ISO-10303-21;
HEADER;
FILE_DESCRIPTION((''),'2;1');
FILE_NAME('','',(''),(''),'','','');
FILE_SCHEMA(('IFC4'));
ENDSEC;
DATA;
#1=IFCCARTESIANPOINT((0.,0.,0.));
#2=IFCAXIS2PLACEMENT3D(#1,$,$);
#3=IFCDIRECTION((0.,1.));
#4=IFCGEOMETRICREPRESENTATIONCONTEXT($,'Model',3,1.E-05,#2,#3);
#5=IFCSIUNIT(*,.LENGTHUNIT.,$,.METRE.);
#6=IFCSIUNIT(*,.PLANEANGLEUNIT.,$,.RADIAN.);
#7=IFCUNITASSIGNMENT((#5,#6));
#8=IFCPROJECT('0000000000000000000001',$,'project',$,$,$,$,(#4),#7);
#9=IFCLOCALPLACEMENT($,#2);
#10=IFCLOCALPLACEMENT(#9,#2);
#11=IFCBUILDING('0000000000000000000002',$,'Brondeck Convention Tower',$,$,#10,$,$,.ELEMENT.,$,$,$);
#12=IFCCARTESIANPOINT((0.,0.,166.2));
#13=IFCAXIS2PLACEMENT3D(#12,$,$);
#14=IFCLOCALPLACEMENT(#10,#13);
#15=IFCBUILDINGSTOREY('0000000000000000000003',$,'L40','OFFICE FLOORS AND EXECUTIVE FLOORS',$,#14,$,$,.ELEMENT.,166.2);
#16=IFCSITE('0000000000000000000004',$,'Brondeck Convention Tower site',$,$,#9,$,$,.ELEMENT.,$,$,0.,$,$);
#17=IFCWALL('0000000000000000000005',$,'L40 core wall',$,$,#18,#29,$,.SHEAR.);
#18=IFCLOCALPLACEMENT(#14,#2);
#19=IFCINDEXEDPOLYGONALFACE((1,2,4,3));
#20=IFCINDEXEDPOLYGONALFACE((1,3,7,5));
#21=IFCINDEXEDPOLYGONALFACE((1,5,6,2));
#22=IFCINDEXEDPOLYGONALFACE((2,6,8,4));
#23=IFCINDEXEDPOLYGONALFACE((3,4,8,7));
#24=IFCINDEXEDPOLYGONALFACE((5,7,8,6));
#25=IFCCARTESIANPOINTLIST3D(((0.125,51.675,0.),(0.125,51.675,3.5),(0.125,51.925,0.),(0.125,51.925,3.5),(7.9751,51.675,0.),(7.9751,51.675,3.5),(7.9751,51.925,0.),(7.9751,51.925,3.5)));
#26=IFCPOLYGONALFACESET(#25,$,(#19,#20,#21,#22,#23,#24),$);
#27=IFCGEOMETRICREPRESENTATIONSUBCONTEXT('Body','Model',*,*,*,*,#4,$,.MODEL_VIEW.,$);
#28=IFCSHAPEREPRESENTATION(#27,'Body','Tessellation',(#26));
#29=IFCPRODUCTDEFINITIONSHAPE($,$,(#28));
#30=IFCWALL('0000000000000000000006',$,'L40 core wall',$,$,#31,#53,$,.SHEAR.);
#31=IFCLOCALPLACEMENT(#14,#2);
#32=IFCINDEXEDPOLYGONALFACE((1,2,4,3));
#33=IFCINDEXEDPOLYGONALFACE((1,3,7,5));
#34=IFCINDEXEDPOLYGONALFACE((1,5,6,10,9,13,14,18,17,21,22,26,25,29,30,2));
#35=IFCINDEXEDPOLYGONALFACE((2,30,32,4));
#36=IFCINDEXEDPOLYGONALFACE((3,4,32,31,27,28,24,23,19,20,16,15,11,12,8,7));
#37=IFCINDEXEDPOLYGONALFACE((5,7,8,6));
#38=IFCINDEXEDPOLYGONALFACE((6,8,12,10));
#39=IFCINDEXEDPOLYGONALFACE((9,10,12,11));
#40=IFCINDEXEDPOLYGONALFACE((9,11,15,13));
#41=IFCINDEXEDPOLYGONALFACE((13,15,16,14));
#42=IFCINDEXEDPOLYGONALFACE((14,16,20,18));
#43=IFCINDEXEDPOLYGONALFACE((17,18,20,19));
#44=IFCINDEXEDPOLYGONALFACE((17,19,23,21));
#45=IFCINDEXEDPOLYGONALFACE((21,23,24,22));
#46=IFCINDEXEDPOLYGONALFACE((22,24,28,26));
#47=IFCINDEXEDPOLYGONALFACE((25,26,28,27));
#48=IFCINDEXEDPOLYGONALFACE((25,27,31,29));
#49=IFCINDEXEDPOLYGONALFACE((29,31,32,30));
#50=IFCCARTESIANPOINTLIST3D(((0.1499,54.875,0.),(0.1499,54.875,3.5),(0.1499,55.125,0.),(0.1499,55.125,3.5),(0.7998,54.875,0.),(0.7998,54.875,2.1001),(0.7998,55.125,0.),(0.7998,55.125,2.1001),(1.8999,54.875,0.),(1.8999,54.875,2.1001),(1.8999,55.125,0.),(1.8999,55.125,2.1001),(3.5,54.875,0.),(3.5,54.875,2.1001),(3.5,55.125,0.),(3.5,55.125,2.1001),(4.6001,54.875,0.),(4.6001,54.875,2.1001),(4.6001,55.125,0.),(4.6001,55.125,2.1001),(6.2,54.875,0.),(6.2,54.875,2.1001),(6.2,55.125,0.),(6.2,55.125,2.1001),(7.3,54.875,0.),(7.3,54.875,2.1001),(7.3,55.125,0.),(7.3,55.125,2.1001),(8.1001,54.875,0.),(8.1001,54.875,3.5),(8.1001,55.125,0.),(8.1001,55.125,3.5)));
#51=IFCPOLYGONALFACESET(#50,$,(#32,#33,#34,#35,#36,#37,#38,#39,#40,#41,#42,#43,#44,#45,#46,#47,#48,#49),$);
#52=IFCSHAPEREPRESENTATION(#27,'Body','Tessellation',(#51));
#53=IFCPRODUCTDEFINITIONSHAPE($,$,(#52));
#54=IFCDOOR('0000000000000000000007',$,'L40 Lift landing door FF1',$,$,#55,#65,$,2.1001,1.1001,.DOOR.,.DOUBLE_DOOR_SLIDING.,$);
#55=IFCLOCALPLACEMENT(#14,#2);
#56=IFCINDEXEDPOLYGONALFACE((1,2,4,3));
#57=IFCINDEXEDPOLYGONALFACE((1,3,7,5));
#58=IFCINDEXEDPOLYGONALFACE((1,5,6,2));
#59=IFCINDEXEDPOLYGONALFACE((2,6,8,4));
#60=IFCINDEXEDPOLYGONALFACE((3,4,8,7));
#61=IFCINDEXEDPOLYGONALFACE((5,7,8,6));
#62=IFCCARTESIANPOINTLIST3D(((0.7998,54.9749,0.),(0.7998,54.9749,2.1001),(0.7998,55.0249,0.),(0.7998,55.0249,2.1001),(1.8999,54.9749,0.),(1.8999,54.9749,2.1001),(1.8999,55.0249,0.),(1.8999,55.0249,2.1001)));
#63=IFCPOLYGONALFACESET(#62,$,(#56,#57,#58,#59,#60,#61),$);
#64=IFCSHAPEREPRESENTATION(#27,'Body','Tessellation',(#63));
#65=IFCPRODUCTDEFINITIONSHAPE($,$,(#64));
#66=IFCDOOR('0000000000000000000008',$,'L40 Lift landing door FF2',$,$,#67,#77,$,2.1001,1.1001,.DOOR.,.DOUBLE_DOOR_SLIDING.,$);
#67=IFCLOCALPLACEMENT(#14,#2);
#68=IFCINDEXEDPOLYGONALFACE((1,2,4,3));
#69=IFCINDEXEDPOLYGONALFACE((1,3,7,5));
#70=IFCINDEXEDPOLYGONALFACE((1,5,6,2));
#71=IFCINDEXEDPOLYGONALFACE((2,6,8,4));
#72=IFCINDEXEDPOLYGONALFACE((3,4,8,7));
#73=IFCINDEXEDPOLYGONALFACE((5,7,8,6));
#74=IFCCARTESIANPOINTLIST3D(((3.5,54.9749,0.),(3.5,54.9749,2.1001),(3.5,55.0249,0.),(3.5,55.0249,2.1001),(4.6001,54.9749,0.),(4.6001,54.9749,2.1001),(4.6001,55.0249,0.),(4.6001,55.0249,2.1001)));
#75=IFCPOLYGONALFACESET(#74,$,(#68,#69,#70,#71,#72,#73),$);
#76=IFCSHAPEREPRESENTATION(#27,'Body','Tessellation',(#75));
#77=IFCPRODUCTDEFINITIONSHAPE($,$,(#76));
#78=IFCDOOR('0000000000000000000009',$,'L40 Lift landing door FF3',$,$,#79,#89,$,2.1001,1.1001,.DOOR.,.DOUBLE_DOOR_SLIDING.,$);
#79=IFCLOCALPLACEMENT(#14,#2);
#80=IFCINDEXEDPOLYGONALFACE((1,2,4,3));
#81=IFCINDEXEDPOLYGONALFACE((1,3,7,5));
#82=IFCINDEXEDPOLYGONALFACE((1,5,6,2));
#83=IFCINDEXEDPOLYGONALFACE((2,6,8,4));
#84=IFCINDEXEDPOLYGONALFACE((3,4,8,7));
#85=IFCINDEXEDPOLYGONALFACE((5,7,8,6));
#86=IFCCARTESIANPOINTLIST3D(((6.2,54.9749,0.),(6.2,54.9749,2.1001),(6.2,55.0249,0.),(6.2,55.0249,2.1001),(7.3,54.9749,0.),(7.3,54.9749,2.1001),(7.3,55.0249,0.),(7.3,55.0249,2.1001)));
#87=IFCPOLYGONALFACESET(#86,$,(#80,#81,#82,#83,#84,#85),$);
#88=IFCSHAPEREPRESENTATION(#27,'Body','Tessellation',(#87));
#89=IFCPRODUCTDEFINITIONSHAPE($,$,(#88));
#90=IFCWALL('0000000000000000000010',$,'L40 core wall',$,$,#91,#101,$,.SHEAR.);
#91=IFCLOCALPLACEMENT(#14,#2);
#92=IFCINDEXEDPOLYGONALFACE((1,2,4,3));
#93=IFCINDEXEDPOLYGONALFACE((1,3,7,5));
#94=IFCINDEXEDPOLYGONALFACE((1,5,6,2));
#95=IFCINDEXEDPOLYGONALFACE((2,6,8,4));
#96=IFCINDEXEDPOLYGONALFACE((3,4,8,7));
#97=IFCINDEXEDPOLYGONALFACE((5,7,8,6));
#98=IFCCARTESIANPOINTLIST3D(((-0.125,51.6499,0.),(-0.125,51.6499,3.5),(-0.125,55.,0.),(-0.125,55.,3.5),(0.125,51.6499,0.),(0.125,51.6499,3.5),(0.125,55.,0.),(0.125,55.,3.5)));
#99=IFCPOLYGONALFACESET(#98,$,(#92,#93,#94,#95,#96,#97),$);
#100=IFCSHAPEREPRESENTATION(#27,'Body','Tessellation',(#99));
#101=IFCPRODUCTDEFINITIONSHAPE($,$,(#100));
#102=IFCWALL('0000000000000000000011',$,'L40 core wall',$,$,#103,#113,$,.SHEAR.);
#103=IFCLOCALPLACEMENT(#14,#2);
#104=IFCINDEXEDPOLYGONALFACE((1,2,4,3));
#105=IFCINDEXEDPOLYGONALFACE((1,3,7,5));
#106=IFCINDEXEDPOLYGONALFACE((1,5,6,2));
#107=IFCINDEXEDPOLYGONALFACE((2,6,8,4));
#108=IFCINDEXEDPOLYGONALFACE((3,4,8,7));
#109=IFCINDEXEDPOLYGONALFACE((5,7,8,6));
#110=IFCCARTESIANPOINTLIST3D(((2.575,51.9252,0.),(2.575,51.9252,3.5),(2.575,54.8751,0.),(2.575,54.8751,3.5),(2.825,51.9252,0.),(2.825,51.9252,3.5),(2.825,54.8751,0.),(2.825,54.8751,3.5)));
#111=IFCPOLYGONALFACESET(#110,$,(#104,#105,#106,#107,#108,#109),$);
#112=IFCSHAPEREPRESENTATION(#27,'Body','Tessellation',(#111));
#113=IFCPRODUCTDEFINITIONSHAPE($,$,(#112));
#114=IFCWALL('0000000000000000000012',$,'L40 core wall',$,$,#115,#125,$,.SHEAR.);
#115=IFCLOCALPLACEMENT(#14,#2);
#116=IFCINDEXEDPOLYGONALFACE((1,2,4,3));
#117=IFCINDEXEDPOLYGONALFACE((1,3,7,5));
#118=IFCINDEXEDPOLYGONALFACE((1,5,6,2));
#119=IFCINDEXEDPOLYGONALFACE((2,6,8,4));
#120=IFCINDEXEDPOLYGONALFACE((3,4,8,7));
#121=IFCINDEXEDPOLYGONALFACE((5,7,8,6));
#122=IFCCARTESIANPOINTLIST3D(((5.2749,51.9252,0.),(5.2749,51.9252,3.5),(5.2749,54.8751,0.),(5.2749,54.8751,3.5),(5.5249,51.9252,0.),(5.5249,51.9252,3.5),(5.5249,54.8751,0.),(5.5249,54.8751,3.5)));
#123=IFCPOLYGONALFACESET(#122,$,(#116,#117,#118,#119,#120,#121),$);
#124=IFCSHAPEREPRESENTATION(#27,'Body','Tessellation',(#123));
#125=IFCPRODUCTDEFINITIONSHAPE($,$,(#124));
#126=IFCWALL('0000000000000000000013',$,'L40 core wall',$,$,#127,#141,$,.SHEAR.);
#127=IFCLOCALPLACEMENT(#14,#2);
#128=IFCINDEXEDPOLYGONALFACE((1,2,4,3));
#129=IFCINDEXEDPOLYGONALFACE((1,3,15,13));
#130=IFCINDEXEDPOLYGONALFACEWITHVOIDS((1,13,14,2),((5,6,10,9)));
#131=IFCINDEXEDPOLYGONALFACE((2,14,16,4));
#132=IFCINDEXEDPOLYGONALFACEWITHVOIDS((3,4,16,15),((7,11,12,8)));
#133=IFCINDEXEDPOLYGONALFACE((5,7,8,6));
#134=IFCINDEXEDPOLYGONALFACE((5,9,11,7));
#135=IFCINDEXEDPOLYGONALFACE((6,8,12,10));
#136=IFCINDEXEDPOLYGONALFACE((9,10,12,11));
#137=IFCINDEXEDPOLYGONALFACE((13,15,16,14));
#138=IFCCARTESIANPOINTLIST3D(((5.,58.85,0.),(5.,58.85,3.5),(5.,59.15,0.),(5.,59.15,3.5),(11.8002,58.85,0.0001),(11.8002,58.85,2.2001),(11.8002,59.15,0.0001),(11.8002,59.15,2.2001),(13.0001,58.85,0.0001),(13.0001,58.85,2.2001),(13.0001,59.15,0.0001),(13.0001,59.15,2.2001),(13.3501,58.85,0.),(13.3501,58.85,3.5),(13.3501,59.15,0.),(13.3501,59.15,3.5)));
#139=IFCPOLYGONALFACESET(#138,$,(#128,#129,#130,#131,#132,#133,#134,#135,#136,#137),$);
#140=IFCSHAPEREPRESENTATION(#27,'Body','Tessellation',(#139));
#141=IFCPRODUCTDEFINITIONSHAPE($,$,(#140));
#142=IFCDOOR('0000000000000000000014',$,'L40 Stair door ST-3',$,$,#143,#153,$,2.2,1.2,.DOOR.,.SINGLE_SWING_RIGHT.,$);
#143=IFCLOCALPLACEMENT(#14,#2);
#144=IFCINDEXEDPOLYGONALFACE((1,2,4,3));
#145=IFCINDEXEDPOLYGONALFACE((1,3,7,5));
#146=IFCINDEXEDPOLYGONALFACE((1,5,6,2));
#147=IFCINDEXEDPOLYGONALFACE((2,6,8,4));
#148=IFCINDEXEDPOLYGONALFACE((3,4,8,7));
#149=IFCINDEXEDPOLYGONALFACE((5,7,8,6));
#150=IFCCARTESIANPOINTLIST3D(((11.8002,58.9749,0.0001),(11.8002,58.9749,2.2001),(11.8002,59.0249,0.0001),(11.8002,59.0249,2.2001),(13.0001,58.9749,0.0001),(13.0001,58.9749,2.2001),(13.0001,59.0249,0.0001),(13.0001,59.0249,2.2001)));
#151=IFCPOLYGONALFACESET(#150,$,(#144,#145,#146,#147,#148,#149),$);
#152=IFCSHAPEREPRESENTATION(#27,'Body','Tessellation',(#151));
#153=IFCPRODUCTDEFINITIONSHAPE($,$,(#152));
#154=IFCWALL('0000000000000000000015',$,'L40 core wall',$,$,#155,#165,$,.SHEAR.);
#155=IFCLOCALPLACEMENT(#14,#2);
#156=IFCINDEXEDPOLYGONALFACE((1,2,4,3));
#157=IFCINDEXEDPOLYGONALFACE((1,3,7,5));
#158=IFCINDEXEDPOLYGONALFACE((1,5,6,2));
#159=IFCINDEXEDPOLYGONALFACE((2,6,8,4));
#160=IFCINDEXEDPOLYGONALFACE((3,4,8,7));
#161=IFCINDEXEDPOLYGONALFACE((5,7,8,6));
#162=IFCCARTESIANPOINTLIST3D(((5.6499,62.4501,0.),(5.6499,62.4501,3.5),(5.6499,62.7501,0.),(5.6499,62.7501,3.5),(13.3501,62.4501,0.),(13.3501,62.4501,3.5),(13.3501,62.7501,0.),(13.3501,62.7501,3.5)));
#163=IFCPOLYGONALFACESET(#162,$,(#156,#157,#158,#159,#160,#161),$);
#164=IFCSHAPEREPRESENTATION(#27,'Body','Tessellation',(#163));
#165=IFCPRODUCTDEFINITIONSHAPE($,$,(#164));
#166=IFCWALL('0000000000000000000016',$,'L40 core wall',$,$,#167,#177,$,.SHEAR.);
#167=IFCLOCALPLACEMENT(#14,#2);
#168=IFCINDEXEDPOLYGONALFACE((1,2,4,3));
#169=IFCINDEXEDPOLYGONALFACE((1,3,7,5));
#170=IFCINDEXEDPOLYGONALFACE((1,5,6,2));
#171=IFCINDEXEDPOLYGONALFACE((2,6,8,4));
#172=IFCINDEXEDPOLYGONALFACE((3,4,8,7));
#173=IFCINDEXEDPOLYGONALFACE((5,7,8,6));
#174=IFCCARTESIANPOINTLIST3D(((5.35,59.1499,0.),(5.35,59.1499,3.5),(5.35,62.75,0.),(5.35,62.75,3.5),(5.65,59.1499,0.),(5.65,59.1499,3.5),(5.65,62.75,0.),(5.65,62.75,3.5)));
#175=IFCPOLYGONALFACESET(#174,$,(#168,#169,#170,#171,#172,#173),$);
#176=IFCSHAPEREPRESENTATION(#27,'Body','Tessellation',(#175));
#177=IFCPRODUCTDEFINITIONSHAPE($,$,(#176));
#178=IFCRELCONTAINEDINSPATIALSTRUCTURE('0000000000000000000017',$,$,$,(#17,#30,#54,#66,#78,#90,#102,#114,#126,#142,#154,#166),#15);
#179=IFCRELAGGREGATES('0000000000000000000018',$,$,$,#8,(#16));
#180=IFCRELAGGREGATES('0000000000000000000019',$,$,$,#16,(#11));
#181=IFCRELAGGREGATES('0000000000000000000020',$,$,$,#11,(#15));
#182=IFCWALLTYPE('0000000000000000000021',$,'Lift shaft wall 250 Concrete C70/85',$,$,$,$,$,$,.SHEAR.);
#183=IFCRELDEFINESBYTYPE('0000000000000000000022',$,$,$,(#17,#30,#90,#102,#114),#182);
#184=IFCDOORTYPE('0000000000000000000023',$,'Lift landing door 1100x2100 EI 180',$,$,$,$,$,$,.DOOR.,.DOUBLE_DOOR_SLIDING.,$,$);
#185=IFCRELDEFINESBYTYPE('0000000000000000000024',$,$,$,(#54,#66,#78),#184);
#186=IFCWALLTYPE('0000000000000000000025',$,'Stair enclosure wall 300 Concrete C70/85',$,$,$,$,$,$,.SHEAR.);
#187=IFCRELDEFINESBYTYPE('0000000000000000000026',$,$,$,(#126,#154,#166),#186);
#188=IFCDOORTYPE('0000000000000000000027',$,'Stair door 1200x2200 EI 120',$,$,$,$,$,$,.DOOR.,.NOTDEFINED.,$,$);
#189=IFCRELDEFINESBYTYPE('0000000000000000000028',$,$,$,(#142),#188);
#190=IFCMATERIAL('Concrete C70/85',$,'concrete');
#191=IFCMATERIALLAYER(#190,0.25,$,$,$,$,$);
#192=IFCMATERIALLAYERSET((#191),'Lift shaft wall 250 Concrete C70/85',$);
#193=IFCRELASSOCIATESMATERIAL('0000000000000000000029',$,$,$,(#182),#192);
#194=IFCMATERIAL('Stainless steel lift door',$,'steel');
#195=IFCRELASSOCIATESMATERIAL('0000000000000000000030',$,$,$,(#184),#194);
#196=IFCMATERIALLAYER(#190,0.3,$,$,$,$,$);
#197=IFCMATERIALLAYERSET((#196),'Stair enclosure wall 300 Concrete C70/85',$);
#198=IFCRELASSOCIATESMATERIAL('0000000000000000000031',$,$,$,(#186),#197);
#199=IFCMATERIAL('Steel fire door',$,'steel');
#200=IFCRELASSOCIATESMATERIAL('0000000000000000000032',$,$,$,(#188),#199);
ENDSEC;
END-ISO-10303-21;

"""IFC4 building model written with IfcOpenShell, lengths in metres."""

from ifc_helpers import new_model, si_unit, direction, frame, frame_2d, origin, place, context, subcontext, project, spatial, rectangle, extrude, material, layer, layer_set, type_object, element, fill, save


model = new_model("IFC4")

# Units and contexts
model_context = context("Model", 3, precision=1e-05, world=origin(), true_north=direction((0.0, 1.0)))
body_context = subcontext(model_context, "Body", "Model", "MODEL_VIEW")
ifc_project = project(units=[si_unit("LENGTHUNIT", "METRE"), si_unit("PLANEANGLEUNIT", "RADIAN")], contexts=[model_context])

# Site, building, storey
site_placement = place(None, origin())
site = spatial("IfcSite", under=ifc_project, at=site_placement, Name="Brondeck Convention Tower site", CompositionType="ELEMENT", RefElevation=0.0)
building_placement = place(site_placement, origin())
building = spatial("IfcBuilding", under=site, at=building_placement, Name="Brondeck Convention Tower", CompositionType="ELEMENT")
storey_placement = place(building_placement, frame((0.0, 0.0, 166.2)))
storey = spatial("IfcBuildingStorey", under=building, at=storey_placement, Name="L40", Description="OFFICE FLOORS AND EXECUTIVE FLOORS", CompositionType="ELEMENT", Elevation=166.2)

# Shared definitions
ifc_material_1 = material(Name="Concrete C70/85", Category="concrete")

# Wall
ifc_layer_1 = layer(ifc_material_1, 0.25)
ifc_layer_set_1 = layer_set([ifc_layer_1], Name="Lift shaft wall 250 Concrete C70/85")
wall_type_1 = type_object("IfcWallType", Name="Lift shaft wall 250 Concrete C70/85", PredefinedType="SHEAR", material=ifc_layer_set_1)
for number, where, z_axis, x_axis, name in (
    (1, (0.125, 51.8, 0.0), (0.0, 0.0, 1.0), (1.0, 0.0, 0.0), "L40 core wall"),
):
    element("IfcWall", number, at=place(storey_placement, frame(where, z_axis=z_axis, x_axis=x_axis)), inside=storey, type_object=wall_type_1, Name=name, PredefinedType="SHEAR", context=body_context, shape_type="SweptSolid", body=[
        extrude(rectangle(XDim=7.8501, YDim=0.25, at=frame_2d((3.925, 0.0))), origin(), (0.0, 0.0, 1.0), 3.5),
    ])

# Wall, openings, doors
wall_1_placement = place(storey_placement, frame((0.1499, 55.0, 0.0), z_axis=(0.0, 0.0, 1.0), x_axis=(1.0, 0.0, 0.0)))
wall_1 = element("IfcWall", 2, at=wall_1_placement, inside=storey, type_object=wall_type_1, Name="L40 core wall", PredefinedType="SHEAR", context=body_context, shape_type="SweptSolid", body=[
    extrude(rectangle(XDim=7.9502, YDim=0.25, at=frame_2d((3.9751, 0.0))), origin(), (0.0, 0.0, 1.0), 3.5),
])
opening_1_placement = place(wall_1_placement, frame((0.6499, 0.0, 0.0)))
opening_1 = element("IfcOpeningElement", 3, at=opening_1_placement, cuts=wall_1, PredefinedType="OPENING", context=body_context, shape_type="SweptSolid", body=[
    extrude(rectangle(XDim=1.1001, YDim=2.1001, at=frame_2d((0.55, 1.05))), frame((0.0, 0.135, 0.0), z_axis=(0.0, -1.0, 0.0), x_axis=(1.0, 0.0, 0.0)), (0.0, 0.0, 1.0), 0.27),
])
opening_2_placement = place(wall_1_placement, frame((3.3501, 0.0, 0.0)))
opening_2 = element("IfcOpeningElement", 4, at=opening_2_placement, cuts=wall_1, PredefinedType="OPENING", context=body_context, shape_type="SweptSolid", body=[
    extrude(rectangle(XDim=1.1001, YDim=2.1001, at=frame_2d((0.55, 1.05))), frame((0.0, 0.135, 0.0), z_axis=(0.0, -1.0, 0.0), x_axis=(1.0, 0.0, 0.0)), (0.0, 0.0, 1.0), 0.27),
])
opening_3_placement = place(wall_1_placement, frame((6.05, 0.0, 0.0)))
opening_3 = element("IfcOpeningElement", 5, at=opening_3_placement, cuts=wall_1, PredefinedType="OPENING", context=body_context, shape_type="SweptSolid", body=[
    extrude(rectangle(XDim=1.1001, YDim=2.1001, at=frame_2d((0.55, 1.05))), frame((0.0, 0.135, 0.0), z_axis=(0.0, -1.0, 0.0), x_axis=(1.0, 0.0, 0.0)), (0.0, 0.0, 1.0), 0.27),
])
ifc_material_2 = material(Name="Stainless steel lift door", Category="steel")
door_type_1 = type_object("IfcDoorType", Name="Lift landing door 1100x2100 EI 180", OperationType="DOUBLE_DOOR_SLIDING", PredefinedType="DOOR", material=ifc_material_2)
door_1_placement = place(opening_1_placement, origin())
door_1 = element("IfcDoor", 6, at=door_1_placement, inside=storey, type_object=door_type_1, Name="L40 Lift landing door FF1", OperationType="DOUBLE_DOOR_SLIDING", OverallHeight=2.1001, OverallWidth=1.1001, PredefinedType="DOOR", context=body_context, shape_type="SweptSolid", body=[
    extrude(rectangle(XDim=1.1001, YDim=2.1001, at=frame_2d((0.55, 1.05))), frame((0.0, 0.0249, 0.0), z_axis=(0.0, -1.0, 0.0), x_axis=(1.0, 0.0, 0.0)), (0.0, 0.0, 1.0), 0.05),
])
fill(opening_1, door_1)
door_2_placement = place(opening_2_placement, origin())
door_2 = element("IfcDoor", 7, at=door_2_placement, inside=storey, type_object=door_type_1, Name="L40 Lift landing door FF2", OperationType="DOUBLE_DOOR_SLIDING", OverallHeight=2.1001, OverallWidth=1.1001, PredefinedType="DOOR", context=body_context, shape_type="SweptSolid", body=[
    extrude(rectangle(XDim=1.1001, YDim=2.1001, at=frame_2d((0.55, 1.05))), frame((0.0, 0.0249, 0.0), z_axis=(0.0, -1.0, 0.0), x_axis=(1.0, 0.0, 0.0)), (0.0, 0.0, 1.0), 0.05),
])
fill(opening_2, door_2)
door_3_placement = place(opening_3_placement, origin())
door_3 = element("IfcDoor", 8, at=door_3_placement, inside=storey, type_object=door_type_1, Name="L40 Lift landing door FF3", OperationType="DOUBLE_DOOR_SLIDING", OverallHeight=2.1001, OverallWidth=1.1001, PredefinedType="DOOR", context=body_context, shape_type="SweptSolid", body=[
    extrude(rectangle(XDim=1.1001, YDim=2.1001, at=frame_2d((0.55, 1.05))), frame((0.0, 0.0249, 0.0), z_axis=(0.0, -1.0, 0.0), x_axis=(1.0, 0.0, 0.0)), (0.0, 0.0, 1.0), 0.05),
])
fill(opening_3, door_3)

# Walls
wall_2_placement = place(storey_placement, frame((0.0, 51.6499, 0.0), z_axis=(0.0, 0.0, 1.0), x_axis=(0.0, 1.0, 0.0)))
element("IfcWall", 9, at=wall_2_placement, inside=storey, type_object=wall_type_1, Name="L40 core wall", PredefinedType="SHEAR", context=body_context, shape_type="SweptSolid", body=[
    extrude(rectangle(XDim=3.3501, YDim=0.25, at=frame_2d((1.675, 0.0))), origin(), (0.0, 0.0, 1.0), 3.5),
])
for number, where, z_axis, x_axis, name in (
    (10, (2.7, 51.925, 0.0), (0.0, 0.0, 1.0), (0.0, 1.0, 0.0), "L40 core wall"),
    (11, (5.3999, 51.925, 0.0), (0.0, 0.0, 1.0), (0.0, 1.0, 0.0), "L40 core wall"),
):
    element("IfcWall", number, at=place(storey_placement, frame(where, z_axis=z_axis, x_axis=x_axis)), inside=storey, type_object=wall_type_1, Name=name, PredefinedType="SHEAR", context=body_context, shape_type="SweptSolid", body=[
        extrude(rectangle(XDim=2.95, YDim=0.25, at=frame_2d((1.4751, 0.0))), origin(), (0.0, 0.0, 1.0), 3.5),
    ])

# Wall, opening, door
ifc_layer_2 = layer(ifc_material_1, 0.3)
ifc_layer_set_2 = layer_set([ifc_layer_2], Name="Stair enclosure wall 300 Concrete C70/85")
wall_type_2 = type_object("IfcWallType", Name="Stair enclosure wall 300 Concrete C70/85", PredefinedType="SHEAR", material=ifc_layer_set_2)
wall_3_placement = place(storey_placement, frame((5.0, 59.0, 0.0), z_axis=(0.0, 0.0, 1.0), x_axis=(1.0, 0.0, 0.0)))
wall_3 = element("IfcWall", 12, at=wall_3_placement, inside=storey, type_object=wall_type_2, Name="L40 core wall", PredefinedType="SHEAR", context=body_context, shape_type="SweptSolid", body=[
    extrude(rectangle(XDim=8.3501, YDim=0.3, at=frame_2d((4.175, 0.0))), origin(), (0.0, 0.0, 1.0), 3.5),
])
opening_4_placement = place(wall_3_placement, frame((6.8, 0.0, 0.0)))
opening_4 = element("IfcOpeningElement", 13, at=opening_4_placement, cuts=wall_3, PredefinedType="OPENING", context=body_context, shape_type="SweptSolid", body=[
    extrude(rectangle(XDim=1.2, YDim=2.2, at=frame_2d((0.6001, 1.1001))), frame((0.0, 0.1599, 0.0), z_axis=(0.0, -1.0, 0.0), x_axis=(1.0, 0.0, 0.0)), (0.0, 0.0, 1.0), 0.3201),
])
ifc_material_3 = material(Name="Steel fire door", Category="steel")
door_type_2 = type_object("IfcDoorType", Name="Stair door 1200x2200 EI 120", OperationType="NOTDEFINED", PredefinedType="DOOR", material=ifc_material_3)
door_4_placement = place(opening_4_placement, origin())
door_4 = element("IfcDoor", 14, at=door_4_placement, inside=storey, type_object=door_type_2, Name="L40 Stair door ST-3", OperationType="SINGLE_SWING_RIGHT", OverallHeight=2.2, OverallWidth=1.2, PredefinedType="DOOR", context=body_context, shape_type="SweptSolid", body=[
    extrude(rectangle(XDim=1.2, YDim=2.2, at=frame_2d((0.6001, 1.1001))), frame((0.0, 0.0249, 0.0), z_axis=(0.0, -1.0, 0.0), x_axis=(1.0, 0.0, 0.0)), (0.0, 0.0, 1.0), 0.05),
])
fill(opening_4, door_4)

# Walls
wall_4_placement = place(storey_placement, frame((5.6499, 62.6001, 0.0), z_axis=(0.0, 0.0, 1.0), x_axis=(1.0, 0.0, 0.0)))
element("IfcWall", 15, at=wall_4_placement, inside=storey, type_object=wall_type_2, Name="L40 core wall", PredefinedType="SHEAR", context=body_context, shape_type="SweptSolid", body=[
    extrude(rectangle(XDim=7.7002, YDim=0.3, at=frame_2d((3.8501, 0.0))), origin(), (0.0, 0.0, 1.0), 3.5),
])
wall_5_placement = place(storey_placement, frame((5.5, 59.1499, 0.0), z_axis=(0.0, 0.0, 1.0), x_axis=(0.0, 1.0, 0.0)))
element("IfcWall", 16, at=wall_5_placement, inside=storey, type_object=wall_type_2, Name="L40 core wall", PredefinedType="SHEAR", context=body_context, shape_type="SweptSolid", body=[
    extrude(rectangle(XDim=3.6001, YDim=0.3, at=frame_2d((1.8, 0.0))), origin(), (0.0, 0.0, 1.0), 3.5),
])

save(model, "model.ifc")
